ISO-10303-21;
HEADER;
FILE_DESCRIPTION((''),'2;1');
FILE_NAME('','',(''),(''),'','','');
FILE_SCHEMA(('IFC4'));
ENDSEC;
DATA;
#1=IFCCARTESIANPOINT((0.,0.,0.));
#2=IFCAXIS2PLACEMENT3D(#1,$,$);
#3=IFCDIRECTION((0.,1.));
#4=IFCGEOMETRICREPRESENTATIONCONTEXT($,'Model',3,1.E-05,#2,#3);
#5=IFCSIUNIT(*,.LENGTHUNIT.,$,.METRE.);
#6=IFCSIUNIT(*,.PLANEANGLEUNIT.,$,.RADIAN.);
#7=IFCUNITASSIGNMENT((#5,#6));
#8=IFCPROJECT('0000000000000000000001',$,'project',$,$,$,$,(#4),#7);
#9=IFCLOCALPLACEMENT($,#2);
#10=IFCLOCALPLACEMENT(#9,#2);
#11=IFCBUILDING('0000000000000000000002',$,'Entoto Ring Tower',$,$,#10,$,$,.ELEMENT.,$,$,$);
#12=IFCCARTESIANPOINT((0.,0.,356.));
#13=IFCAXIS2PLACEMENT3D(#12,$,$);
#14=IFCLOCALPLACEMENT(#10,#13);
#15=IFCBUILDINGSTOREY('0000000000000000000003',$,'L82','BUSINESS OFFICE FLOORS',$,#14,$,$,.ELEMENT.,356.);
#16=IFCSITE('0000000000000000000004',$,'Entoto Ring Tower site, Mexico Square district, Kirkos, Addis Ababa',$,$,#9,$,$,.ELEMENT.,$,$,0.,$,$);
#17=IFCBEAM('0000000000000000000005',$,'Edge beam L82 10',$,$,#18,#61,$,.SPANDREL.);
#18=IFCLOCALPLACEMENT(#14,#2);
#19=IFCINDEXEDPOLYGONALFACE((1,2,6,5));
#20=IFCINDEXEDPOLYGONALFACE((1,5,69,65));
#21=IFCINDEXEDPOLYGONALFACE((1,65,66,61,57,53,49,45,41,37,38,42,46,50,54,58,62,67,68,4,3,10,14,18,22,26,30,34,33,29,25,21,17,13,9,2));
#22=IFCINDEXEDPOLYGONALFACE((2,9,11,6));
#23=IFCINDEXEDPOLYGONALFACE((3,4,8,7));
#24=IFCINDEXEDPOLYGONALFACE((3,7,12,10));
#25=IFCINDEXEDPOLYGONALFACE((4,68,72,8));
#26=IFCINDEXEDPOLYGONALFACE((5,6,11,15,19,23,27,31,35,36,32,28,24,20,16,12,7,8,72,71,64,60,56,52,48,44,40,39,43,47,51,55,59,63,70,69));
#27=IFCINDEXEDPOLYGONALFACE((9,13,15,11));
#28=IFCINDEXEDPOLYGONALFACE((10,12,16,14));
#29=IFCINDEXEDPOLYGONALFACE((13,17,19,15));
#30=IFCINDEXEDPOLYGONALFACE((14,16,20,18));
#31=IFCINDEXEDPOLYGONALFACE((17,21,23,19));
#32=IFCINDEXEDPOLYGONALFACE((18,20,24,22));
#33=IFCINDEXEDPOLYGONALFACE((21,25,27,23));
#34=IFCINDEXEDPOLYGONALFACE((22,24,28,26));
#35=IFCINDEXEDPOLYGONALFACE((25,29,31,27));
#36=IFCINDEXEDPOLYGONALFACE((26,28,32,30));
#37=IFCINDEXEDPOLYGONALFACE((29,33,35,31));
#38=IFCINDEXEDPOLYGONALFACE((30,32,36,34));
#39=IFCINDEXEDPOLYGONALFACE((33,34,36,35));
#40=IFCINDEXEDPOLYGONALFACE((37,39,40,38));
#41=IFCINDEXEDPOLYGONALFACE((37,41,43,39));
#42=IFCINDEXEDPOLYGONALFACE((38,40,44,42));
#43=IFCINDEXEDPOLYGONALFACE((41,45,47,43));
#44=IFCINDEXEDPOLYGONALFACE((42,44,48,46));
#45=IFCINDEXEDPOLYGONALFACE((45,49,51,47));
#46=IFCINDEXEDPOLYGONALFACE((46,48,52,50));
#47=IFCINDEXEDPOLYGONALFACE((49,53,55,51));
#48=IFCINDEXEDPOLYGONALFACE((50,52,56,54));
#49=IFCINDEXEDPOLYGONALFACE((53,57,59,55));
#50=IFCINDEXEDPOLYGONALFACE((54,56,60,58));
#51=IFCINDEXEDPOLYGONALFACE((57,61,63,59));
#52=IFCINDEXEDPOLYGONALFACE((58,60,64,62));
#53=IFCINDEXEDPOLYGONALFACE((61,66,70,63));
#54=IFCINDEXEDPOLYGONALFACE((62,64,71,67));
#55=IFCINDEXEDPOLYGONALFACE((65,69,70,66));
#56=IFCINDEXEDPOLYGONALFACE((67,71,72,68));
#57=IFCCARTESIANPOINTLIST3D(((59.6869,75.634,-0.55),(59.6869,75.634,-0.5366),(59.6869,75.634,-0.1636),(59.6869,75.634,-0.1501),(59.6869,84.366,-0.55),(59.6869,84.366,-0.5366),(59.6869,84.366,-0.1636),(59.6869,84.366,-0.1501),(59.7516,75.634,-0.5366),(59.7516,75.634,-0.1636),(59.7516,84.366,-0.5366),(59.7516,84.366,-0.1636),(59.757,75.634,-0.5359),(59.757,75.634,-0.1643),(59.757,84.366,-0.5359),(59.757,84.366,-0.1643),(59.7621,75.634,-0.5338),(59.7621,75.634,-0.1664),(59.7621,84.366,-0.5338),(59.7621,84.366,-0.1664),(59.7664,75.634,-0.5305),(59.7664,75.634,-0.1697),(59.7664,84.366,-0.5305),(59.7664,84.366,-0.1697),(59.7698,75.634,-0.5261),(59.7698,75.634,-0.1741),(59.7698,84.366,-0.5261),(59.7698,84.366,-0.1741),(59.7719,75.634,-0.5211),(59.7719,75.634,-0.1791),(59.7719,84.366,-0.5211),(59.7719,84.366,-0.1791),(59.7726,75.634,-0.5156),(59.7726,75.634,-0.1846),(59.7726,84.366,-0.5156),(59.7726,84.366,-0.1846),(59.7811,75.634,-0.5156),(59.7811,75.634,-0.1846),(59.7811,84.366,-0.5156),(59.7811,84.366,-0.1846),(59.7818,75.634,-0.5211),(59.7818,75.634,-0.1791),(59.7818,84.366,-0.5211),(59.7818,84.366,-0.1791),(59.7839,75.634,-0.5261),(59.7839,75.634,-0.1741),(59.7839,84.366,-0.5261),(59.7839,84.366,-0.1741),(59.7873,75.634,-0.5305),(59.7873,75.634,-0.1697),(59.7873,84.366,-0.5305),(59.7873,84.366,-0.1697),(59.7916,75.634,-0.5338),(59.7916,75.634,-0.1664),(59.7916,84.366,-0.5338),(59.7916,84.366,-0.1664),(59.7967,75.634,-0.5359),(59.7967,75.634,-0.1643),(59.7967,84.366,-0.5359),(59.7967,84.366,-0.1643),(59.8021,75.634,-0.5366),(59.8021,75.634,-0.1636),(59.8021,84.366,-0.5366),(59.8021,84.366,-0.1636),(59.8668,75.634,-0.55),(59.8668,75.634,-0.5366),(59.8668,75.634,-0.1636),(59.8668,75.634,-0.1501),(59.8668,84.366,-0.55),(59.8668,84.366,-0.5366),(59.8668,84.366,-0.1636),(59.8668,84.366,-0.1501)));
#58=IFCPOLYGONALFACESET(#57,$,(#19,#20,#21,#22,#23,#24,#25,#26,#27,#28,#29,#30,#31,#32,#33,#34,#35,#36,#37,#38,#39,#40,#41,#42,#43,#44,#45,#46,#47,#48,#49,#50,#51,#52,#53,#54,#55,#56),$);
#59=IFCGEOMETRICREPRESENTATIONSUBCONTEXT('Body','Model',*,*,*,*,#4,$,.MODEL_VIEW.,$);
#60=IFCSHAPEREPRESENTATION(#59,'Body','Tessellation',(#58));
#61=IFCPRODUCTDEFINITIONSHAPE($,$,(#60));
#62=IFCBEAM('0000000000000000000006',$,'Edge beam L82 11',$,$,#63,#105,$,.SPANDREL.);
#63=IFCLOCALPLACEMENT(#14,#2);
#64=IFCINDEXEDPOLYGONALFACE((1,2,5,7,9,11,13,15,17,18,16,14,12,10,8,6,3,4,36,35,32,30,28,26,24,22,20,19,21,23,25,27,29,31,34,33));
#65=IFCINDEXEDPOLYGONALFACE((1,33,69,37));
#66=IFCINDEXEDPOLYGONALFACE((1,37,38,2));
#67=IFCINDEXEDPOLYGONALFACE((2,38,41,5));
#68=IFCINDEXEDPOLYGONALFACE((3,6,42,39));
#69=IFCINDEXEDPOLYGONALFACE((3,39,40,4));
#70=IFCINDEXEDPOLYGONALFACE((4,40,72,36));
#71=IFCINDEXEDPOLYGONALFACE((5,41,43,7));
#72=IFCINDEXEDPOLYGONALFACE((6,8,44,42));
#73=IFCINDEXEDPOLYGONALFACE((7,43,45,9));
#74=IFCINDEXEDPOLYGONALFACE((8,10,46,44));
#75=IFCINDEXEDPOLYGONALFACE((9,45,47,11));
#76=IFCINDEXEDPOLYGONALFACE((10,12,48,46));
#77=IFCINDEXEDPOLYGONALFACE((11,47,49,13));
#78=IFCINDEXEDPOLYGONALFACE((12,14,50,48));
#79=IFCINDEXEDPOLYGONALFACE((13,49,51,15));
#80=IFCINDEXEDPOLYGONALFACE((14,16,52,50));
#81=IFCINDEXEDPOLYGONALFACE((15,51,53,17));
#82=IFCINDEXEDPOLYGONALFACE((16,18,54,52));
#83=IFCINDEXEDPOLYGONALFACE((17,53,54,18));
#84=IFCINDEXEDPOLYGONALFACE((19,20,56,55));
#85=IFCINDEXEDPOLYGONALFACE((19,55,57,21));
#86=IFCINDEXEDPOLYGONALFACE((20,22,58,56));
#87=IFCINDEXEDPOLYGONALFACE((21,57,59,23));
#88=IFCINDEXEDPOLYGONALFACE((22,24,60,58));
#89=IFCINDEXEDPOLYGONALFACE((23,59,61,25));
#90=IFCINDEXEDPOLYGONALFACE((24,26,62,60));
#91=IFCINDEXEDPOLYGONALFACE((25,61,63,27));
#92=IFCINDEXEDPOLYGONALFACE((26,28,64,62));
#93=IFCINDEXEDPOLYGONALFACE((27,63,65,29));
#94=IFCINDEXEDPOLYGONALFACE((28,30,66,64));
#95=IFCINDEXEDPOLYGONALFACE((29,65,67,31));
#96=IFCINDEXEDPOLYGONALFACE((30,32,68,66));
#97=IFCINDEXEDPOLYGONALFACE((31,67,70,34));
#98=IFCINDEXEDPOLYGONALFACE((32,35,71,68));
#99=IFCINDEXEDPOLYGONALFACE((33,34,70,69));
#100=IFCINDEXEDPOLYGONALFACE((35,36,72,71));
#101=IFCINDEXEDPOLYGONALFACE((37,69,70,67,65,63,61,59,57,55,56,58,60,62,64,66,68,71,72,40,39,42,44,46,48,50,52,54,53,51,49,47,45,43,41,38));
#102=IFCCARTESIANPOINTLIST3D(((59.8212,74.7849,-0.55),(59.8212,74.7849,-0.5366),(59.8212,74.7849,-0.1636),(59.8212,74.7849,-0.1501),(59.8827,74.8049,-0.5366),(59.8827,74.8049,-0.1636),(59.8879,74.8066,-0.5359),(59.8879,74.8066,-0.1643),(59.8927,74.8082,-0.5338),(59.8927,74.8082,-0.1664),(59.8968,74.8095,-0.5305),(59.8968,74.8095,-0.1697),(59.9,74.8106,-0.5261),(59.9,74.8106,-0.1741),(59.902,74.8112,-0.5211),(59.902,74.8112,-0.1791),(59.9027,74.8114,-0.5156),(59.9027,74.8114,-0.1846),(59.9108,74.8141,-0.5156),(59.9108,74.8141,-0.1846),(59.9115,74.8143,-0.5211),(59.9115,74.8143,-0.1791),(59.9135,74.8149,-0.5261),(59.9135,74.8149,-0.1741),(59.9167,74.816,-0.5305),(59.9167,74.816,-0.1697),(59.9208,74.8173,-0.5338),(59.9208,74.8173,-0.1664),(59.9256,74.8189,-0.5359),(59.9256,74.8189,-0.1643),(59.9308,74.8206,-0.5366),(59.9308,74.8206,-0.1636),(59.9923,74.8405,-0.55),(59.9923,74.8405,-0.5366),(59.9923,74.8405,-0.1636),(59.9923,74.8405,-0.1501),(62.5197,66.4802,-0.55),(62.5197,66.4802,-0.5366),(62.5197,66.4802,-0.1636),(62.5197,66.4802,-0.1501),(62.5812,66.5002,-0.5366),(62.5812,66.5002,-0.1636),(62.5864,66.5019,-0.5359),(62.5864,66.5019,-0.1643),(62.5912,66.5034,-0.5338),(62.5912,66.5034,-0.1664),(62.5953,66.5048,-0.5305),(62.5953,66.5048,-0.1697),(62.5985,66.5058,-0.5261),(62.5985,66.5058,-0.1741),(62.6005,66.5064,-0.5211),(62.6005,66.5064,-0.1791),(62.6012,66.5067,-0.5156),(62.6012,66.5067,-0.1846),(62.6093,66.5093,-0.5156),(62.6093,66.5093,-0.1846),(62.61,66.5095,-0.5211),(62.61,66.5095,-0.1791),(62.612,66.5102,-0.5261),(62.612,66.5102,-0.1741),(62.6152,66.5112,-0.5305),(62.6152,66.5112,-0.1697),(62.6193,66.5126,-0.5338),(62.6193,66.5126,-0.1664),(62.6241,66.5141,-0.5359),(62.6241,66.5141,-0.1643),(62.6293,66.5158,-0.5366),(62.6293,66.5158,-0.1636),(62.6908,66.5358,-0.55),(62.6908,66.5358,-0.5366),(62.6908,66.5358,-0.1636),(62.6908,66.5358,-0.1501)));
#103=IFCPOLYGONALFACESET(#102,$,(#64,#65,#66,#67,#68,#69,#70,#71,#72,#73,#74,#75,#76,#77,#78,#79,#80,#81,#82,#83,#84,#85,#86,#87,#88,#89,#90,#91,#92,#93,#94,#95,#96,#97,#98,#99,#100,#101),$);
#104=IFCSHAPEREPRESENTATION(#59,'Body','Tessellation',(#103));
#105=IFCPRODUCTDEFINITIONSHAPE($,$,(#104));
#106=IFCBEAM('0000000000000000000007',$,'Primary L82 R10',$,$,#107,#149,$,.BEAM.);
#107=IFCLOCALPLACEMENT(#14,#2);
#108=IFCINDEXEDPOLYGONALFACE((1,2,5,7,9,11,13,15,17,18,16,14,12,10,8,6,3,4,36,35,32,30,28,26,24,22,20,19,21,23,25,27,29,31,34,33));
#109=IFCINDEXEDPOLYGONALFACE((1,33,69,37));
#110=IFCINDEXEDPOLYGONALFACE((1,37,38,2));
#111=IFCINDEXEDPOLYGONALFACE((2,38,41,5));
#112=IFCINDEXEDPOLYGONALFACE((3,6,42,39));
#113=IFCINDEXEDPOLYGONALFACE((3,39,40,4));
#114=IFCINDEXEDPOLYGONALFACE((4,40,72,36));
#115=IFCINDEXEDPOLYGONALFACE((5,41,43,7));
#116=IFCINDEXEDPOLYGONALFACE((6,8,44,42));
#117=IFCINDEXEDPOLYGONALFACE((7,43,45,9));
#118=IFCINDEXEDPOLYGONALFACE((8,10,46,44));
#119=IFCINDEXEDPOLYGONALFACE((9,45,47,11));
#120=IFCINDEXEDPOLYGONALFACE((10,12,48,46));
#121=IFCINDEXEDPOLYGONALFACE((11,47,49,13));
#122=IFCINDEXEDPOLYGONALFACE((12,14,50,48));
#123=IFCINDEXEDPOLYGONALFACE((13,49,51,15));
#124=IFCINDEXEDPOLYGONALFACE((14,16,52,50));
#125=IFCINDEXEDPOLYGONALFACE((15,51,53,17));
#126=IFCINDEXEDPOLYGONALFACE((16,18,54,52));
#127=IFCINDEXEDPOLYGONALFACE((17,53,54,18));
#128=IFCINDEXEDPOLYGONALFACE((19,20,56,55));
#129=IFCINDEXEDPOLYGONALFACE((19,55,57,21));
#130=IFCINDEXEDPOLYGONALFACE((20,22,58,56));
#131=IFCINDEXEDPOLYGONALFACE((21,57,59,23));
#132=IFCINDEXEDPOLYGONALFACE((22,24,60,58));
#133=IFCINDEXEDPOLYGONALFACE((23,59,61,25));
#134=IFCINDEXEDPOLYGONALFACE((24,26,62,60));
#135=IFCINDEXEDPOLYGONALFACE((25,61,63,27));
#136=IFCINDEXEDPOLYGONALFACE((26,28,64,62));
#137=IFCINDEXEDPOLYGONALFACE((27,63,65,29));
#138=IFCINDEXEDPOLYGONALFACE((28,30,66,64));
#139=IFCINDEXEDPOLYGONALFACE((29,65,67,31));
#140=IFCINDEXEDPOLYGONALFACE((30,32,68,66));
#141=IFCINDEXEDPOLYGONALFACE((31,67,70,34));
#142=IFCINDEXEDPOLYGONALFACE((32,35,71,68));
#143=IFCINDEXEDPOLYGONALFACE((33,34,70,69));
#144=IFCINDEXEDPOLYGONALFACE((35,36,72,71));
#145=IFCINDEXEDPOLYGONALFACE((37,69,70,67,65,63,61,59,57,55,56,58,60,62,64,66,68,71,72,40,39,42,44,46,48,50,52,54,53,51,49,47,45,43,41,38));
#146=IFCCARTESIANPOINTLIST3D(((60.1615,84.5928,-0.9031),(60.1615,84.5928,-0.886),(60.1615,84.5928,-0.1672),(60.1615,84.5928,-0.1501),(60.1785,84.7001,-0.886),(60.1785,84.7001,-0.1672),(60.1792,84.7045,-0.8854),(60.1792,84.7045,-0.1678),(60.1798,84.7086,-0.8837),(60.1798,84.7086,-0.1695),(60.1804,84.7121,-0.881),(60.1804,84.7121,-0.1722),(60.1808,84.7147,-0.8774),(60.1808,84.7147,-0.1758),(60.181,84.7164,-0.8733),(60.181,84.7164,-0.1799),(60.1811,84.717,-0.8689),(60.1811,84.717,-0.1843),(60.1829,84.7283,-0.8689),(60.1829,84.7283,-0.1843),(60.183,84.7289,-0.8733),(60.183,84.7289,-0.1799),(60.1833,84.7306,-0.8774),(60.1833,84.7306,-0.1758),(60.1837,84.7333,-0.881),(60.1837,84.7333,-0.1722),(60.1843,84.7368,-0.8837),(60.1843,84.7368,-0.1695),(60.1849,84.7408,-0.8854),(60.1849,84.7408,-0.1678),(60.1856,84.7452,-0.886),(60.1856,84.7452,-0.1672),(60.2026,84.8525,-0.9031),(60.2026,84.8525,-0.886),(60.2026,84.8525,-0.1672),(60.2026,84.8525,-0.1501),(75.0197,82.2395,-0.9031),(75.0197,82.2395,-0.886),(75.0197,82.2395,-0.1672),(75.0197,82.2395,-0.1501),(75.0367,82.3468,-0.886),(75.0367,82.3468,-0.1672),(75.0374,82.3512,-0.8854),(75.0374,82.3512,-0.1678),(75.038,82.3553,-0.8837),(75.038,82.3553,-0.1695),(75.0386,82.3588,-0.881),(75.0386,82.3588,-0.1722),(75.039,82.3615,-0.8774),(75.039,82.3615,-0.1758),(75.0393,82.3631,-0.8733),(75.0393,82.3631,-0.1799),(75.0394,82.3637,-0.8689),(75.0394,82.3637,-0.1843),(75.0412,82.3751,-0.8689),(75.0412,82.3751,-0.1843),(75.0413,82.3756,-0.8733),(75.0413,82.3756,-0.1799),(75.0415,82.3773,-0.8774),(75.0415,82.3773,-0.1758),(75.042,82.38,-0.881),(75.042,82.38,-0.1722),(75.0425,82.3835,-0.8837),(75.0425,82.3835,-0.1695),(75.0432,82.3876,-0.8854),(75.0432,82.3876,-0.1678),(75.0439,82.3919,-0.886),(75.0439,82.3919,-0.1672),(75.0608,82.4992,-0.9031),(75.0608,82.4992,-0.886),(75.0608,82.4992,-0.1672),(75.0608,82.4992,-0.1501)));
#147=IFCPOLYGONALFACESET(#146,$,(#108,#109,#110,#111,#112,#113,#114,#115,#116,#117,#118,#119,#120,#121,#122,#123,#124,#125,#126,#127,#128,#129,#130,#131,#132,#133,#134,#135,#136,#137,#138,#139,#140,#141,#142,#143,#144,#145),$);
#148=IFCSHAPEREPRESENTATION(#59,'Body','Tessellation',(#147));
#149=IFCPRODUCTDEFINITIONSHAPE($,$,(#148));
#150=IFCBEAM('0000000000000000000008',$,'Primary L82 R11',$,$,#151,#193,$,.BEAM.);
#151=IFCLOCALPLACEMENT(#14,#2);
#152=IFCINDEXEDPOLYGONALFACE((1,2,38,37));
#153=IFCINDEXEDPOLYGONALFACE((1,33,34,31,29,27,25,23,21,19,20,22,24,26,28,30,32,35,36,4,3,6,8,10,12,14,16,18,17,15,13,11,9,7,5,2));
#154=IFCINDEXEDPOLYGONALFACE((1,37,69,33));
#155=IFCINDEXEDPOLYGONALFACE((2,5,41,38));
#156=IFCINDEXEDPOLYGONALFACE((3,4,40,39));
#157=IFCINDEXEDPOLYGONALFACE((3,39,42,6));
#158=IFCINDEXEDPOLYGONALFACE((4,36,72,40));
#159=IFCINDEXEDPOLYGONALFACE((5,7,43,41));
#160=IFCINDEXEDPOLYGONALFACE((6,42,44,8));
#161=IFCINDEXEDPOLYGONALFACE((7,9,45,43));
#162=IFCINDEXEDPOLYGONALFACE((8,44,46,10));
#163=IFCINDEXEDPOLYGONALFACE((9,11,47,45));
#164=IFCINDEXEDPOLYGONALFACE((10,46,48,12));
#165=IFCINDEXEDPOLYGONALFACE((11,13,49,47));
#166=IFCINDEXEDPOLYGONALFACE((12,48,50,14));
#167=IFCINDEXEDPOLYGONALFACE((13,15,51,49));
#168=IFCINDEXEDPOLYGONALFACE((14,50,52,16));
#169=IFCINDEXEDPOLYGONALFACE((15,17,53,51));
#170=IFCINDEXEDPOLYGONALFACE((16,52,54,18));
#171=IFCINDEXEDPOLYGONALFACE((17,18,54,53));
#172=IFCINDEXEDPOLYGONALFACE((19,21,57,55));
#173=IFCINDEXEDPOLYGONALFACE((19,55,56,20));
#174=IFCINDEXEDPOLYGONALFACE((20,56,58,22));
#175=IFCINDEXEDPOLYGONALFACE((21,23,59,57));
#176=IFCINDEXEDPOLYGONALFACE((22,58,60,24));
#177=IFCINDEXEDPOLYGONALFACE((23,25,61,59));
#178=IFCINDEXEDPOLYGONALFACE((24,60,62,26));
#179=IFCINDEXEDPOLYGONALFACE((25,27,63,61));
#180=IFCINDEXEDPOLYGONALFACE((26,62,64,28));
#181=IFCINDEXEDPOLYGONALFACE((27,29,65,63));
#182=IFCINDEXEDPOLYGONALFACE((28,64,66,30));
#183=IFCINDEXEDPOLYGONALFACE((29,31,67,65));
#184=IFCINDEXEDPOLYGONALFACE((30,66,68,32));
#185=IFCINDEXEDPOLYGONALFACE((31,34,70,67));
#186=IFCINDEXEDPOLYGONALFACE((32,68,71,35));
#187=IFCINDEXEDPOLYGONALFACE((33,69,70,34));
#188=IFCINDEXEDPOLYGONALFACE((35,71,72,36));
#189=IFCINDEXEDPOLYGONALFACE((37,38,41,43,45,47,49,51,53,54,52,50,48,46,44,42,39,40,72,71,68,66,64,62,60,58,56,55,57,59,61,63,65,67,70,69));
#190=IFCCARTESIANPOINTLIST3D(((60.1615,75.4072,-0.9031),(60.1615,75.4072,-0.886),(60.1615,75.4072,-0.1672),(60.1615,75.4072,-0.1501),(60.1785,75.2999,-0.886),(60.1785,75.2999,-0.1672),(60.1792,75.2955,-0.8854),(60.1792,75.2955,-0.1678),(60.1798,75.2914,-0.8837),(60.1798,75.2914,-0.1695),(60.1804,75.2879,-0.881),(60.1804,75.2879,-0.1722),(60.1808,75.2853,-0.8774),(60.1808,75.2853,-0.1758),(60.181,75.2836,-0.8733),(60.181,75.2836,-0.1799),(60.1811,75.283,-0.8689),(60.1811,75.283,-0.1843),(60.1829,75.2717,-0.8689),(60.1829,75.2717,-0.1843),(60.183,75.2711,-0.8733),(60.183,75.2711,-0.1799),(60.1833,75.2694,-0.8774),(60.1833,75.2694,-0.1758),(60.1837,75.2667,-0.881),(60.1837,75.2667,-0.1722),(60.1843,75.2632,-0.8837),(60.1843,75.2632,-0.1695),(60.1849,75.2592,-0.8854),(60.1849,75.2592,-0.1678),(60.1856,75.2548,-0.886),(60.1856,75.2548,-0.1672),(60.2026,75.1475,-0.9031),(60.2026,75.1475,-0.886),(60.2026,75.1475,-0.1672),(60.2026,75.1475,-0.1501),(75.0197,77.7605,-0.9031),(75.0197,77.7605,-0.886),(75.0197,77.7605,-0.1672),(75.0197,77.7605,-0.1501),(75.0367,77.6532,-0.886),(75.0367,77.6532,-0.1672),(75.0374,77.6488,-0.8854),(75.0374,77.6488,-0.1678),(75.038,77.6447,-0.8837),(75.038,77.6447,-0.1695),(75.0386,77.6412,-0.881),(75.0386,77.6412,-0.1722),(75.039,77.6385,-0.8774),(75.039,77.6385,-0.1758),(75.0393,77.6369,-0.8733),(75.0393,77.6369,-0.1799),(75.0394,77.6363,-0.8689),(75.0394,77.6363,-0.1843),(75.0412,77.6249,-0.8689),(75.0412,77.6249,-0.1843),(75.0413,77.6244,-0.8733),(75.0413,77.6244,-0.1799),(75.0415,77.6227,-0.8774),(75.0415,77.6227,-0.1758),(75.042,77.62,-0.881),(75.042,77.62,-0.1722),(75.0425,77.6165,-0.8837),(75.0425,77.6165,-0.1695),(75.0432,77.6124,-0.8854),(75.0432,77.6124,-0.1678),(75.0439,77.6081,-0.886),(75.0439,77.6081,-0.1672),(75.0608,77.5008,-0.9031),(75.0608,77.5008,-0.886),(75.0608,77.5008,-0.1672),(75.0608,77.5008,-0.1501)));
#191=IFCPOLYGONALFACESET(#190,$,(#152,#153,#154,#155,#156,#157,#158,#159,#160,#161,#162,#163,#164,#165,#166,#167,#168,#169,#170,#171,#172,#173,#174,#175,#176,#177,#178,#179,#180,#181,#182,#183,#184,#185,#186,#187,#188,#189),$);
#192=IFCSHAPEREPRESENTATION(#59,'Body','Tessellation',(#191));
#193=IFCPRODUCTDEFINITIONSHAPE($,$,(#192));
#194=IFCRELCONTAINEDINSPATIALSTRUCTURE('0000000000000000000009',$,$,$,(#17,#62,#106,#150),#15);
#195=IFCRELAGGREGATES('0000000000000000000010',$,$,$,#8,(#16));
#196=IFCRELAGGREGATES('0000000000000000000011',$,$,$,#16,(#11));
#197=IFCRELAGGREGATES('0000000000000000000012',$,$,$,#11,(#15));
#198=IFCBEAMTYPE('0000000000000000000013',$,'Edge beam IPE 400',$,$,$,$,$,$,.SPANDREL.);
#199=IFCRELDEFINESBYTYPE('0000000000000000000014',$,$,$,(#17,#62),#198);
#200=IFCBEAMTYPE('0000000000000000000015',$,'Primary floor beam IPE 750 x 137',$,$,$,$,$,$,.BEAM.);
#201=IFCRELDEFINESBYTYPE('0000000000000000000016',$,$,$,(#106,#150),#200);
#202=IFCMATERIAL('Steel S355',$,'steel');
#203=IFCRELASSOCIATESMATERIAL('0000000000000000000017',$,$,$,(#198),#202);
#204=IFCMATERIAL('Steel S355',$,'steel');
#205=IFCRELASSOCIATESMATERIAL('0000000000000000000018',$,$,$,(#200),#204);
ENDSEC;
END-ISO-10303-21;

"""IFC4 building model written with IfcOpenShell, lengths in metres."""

from ifc_helpers import new_model, si_unit, direction, frame, origin, origin_2d, place, context, subcontext, project, spatial, i_section, extrude, material, material_profile, profile_set, type_object, element, save


model = new_model("IFC4")

# Units and contexts
model_context = context("Model", 3, precision=1e-05, world=origin(), true_north=direction((0.0, 1.0)))
body_context = subcontext(model_context, "Body", "Model", "MODEL_VIEW")
ifc_project = project(units=[si_unit("LENGTHUNIT", "METRE"), si_unit("PLANEANGLEUNIT", "RADIAN")], contexts=[model_context])

# Site, building, storey
site_placement = place(None, origin())
site = spatial("IfcSite", under=ifc_project, at=site_placement, Name="Entoto Ring Tower site, Mexico Square district, Kirkos, Addis Ababa", CompositionType="ELEMENT", RefElevation=0.0)
building_placement = place(site_placement, origin())
building = spatial("IfcBuilding", under=site, at=building_placement, Name="Entoto Ring Tower", CompositionType="ELEMENT")
storey_placement = place(building_placement, frame((0.0, 0.0, 356.0)))
storey = spatial("IfcBuildingStorey", under=building, at=storey_placement, Name="L82", Description="BUSINESS OFFICE FLOORS", CompositionType="ELEMENT", Elevation=356.0)

# Beams
ifc_material_1 = material(Name="Steel S355", Category="steel")
ifc_material_profile_1 = material_profile(ifc_material_1, i_section(OverallWidth=0.1799, OverallDepth=0.3999, WebThickness=0.0085, FlangeThickness=0.0134, FilletRadius=0.021, at=origin_2d()), Name="IPE 400")
ifc_profile_set_1 = profile_set([ifc_material_profile_1], Name="Steel S355")
beam_type_1 = type_object("IfcBeamType", Name="Edge beam IPE 400", PredefinedType="SPANDREL", material=ifc_profile_set_1)
beam_1_placement = place(storey_placement, frame((59.7769, 84.366, -0.3501), z_axis=(0.0, -1.0, 0.0), x_axis=(1.0, 0.0, 0.0)))
element("IfcBeam", 1, at=beam_1_placement, inside=storey, type_object=beam_type_1, Name="Edge beam L82 10", PredefinedType="SPANDREL", context=body_context, shape_type="SweptSolid", body=[
    extrude(i_section(OverallWidth=0.1799, OverallDepth=0.3999, WebThickness=0.0085, FlangeThickness=0.0134, FilletRadius=0.021, at=origin_2d()), origin(), (0.0, 0.0, 1.0), 8.7319),
])
beam_2_placement = place(storey_placement, frame((59.9067, 74.8127, -0.3501), z_axis=(0.30903, -0.951052, 0.0), x_axis=(0.951052, 0.30903, 0.0)))
element("IfcBeam", 2, at=beam_2_placement, inside=storey, type_object=beam_type_1, Name="Edge beam L82 11", PredefinedType="SPANDREL", context=body_context, shape_type="SweptSolid", body=[
    extrude(i_section(OverallWidth=0.1799, OverallDepth=0.3999, WebThickness=0.0085, FlangeThickness=0.0134, FilletRadius=0.021, at=origin_2d()), origin(), (0.0, 0.0, 1.0), 8.7322),
])
ifc_material_2 = material(Name="Steel S355", Category="steel")
ifc_material_profile_2 = material_profile(ifc_material_2, i_section(OverallWidth=0.2629, OverallDepth=0.7529, WebThickness=0.0115, FlangeThickness=0.0171, FilletRadius=0.0171, at=origin_2d()), Name="IPE 750 x 137")
ifc_profile_set_2 = profile_set([ifc_material_profile_2], Name="Steel S355")
beam_type_2 = type_object("IfcBeamType", Name="Primary floor beam IPE 750 x 137", PredefinedType="BEAM", material=ifc_profile_set_2)
for number, where, z_axis, x_axis, name in (
    (3, (75.0403, 82.3694, -0.5266), (-0.987689, 0.156433, 0.0), (-0.156433, -0.987689, 0.0), "Primary L82 R10"),
    (4, (75.0403, 77.6306, -0.5266), (-0.987689, -0.156433, 0.0), (0.156433, -0.987689, 0.0), "Primary L82 R11"),
):
    element("IfcBeam", number, at=place(storey_placement, frame(where, z_axis=z_axis, x_axis=x_axis)), inside=storey, type_object=beam_type_2, Name=name, PredefinedType="BEAM", context=body_context, shape_type="SweptSolid", body=[
        extrude(i_section(OverallWidth=0.2629, OverallDepth=0.7529, WebThickness=0.0115, FlangeThickness=0.0171, FilletRadius=0.0171, at=origin_2d()), origin(), (0.0, 0.0, 1.0), 15.0435),
    ])

save(model, "model.ifc")
